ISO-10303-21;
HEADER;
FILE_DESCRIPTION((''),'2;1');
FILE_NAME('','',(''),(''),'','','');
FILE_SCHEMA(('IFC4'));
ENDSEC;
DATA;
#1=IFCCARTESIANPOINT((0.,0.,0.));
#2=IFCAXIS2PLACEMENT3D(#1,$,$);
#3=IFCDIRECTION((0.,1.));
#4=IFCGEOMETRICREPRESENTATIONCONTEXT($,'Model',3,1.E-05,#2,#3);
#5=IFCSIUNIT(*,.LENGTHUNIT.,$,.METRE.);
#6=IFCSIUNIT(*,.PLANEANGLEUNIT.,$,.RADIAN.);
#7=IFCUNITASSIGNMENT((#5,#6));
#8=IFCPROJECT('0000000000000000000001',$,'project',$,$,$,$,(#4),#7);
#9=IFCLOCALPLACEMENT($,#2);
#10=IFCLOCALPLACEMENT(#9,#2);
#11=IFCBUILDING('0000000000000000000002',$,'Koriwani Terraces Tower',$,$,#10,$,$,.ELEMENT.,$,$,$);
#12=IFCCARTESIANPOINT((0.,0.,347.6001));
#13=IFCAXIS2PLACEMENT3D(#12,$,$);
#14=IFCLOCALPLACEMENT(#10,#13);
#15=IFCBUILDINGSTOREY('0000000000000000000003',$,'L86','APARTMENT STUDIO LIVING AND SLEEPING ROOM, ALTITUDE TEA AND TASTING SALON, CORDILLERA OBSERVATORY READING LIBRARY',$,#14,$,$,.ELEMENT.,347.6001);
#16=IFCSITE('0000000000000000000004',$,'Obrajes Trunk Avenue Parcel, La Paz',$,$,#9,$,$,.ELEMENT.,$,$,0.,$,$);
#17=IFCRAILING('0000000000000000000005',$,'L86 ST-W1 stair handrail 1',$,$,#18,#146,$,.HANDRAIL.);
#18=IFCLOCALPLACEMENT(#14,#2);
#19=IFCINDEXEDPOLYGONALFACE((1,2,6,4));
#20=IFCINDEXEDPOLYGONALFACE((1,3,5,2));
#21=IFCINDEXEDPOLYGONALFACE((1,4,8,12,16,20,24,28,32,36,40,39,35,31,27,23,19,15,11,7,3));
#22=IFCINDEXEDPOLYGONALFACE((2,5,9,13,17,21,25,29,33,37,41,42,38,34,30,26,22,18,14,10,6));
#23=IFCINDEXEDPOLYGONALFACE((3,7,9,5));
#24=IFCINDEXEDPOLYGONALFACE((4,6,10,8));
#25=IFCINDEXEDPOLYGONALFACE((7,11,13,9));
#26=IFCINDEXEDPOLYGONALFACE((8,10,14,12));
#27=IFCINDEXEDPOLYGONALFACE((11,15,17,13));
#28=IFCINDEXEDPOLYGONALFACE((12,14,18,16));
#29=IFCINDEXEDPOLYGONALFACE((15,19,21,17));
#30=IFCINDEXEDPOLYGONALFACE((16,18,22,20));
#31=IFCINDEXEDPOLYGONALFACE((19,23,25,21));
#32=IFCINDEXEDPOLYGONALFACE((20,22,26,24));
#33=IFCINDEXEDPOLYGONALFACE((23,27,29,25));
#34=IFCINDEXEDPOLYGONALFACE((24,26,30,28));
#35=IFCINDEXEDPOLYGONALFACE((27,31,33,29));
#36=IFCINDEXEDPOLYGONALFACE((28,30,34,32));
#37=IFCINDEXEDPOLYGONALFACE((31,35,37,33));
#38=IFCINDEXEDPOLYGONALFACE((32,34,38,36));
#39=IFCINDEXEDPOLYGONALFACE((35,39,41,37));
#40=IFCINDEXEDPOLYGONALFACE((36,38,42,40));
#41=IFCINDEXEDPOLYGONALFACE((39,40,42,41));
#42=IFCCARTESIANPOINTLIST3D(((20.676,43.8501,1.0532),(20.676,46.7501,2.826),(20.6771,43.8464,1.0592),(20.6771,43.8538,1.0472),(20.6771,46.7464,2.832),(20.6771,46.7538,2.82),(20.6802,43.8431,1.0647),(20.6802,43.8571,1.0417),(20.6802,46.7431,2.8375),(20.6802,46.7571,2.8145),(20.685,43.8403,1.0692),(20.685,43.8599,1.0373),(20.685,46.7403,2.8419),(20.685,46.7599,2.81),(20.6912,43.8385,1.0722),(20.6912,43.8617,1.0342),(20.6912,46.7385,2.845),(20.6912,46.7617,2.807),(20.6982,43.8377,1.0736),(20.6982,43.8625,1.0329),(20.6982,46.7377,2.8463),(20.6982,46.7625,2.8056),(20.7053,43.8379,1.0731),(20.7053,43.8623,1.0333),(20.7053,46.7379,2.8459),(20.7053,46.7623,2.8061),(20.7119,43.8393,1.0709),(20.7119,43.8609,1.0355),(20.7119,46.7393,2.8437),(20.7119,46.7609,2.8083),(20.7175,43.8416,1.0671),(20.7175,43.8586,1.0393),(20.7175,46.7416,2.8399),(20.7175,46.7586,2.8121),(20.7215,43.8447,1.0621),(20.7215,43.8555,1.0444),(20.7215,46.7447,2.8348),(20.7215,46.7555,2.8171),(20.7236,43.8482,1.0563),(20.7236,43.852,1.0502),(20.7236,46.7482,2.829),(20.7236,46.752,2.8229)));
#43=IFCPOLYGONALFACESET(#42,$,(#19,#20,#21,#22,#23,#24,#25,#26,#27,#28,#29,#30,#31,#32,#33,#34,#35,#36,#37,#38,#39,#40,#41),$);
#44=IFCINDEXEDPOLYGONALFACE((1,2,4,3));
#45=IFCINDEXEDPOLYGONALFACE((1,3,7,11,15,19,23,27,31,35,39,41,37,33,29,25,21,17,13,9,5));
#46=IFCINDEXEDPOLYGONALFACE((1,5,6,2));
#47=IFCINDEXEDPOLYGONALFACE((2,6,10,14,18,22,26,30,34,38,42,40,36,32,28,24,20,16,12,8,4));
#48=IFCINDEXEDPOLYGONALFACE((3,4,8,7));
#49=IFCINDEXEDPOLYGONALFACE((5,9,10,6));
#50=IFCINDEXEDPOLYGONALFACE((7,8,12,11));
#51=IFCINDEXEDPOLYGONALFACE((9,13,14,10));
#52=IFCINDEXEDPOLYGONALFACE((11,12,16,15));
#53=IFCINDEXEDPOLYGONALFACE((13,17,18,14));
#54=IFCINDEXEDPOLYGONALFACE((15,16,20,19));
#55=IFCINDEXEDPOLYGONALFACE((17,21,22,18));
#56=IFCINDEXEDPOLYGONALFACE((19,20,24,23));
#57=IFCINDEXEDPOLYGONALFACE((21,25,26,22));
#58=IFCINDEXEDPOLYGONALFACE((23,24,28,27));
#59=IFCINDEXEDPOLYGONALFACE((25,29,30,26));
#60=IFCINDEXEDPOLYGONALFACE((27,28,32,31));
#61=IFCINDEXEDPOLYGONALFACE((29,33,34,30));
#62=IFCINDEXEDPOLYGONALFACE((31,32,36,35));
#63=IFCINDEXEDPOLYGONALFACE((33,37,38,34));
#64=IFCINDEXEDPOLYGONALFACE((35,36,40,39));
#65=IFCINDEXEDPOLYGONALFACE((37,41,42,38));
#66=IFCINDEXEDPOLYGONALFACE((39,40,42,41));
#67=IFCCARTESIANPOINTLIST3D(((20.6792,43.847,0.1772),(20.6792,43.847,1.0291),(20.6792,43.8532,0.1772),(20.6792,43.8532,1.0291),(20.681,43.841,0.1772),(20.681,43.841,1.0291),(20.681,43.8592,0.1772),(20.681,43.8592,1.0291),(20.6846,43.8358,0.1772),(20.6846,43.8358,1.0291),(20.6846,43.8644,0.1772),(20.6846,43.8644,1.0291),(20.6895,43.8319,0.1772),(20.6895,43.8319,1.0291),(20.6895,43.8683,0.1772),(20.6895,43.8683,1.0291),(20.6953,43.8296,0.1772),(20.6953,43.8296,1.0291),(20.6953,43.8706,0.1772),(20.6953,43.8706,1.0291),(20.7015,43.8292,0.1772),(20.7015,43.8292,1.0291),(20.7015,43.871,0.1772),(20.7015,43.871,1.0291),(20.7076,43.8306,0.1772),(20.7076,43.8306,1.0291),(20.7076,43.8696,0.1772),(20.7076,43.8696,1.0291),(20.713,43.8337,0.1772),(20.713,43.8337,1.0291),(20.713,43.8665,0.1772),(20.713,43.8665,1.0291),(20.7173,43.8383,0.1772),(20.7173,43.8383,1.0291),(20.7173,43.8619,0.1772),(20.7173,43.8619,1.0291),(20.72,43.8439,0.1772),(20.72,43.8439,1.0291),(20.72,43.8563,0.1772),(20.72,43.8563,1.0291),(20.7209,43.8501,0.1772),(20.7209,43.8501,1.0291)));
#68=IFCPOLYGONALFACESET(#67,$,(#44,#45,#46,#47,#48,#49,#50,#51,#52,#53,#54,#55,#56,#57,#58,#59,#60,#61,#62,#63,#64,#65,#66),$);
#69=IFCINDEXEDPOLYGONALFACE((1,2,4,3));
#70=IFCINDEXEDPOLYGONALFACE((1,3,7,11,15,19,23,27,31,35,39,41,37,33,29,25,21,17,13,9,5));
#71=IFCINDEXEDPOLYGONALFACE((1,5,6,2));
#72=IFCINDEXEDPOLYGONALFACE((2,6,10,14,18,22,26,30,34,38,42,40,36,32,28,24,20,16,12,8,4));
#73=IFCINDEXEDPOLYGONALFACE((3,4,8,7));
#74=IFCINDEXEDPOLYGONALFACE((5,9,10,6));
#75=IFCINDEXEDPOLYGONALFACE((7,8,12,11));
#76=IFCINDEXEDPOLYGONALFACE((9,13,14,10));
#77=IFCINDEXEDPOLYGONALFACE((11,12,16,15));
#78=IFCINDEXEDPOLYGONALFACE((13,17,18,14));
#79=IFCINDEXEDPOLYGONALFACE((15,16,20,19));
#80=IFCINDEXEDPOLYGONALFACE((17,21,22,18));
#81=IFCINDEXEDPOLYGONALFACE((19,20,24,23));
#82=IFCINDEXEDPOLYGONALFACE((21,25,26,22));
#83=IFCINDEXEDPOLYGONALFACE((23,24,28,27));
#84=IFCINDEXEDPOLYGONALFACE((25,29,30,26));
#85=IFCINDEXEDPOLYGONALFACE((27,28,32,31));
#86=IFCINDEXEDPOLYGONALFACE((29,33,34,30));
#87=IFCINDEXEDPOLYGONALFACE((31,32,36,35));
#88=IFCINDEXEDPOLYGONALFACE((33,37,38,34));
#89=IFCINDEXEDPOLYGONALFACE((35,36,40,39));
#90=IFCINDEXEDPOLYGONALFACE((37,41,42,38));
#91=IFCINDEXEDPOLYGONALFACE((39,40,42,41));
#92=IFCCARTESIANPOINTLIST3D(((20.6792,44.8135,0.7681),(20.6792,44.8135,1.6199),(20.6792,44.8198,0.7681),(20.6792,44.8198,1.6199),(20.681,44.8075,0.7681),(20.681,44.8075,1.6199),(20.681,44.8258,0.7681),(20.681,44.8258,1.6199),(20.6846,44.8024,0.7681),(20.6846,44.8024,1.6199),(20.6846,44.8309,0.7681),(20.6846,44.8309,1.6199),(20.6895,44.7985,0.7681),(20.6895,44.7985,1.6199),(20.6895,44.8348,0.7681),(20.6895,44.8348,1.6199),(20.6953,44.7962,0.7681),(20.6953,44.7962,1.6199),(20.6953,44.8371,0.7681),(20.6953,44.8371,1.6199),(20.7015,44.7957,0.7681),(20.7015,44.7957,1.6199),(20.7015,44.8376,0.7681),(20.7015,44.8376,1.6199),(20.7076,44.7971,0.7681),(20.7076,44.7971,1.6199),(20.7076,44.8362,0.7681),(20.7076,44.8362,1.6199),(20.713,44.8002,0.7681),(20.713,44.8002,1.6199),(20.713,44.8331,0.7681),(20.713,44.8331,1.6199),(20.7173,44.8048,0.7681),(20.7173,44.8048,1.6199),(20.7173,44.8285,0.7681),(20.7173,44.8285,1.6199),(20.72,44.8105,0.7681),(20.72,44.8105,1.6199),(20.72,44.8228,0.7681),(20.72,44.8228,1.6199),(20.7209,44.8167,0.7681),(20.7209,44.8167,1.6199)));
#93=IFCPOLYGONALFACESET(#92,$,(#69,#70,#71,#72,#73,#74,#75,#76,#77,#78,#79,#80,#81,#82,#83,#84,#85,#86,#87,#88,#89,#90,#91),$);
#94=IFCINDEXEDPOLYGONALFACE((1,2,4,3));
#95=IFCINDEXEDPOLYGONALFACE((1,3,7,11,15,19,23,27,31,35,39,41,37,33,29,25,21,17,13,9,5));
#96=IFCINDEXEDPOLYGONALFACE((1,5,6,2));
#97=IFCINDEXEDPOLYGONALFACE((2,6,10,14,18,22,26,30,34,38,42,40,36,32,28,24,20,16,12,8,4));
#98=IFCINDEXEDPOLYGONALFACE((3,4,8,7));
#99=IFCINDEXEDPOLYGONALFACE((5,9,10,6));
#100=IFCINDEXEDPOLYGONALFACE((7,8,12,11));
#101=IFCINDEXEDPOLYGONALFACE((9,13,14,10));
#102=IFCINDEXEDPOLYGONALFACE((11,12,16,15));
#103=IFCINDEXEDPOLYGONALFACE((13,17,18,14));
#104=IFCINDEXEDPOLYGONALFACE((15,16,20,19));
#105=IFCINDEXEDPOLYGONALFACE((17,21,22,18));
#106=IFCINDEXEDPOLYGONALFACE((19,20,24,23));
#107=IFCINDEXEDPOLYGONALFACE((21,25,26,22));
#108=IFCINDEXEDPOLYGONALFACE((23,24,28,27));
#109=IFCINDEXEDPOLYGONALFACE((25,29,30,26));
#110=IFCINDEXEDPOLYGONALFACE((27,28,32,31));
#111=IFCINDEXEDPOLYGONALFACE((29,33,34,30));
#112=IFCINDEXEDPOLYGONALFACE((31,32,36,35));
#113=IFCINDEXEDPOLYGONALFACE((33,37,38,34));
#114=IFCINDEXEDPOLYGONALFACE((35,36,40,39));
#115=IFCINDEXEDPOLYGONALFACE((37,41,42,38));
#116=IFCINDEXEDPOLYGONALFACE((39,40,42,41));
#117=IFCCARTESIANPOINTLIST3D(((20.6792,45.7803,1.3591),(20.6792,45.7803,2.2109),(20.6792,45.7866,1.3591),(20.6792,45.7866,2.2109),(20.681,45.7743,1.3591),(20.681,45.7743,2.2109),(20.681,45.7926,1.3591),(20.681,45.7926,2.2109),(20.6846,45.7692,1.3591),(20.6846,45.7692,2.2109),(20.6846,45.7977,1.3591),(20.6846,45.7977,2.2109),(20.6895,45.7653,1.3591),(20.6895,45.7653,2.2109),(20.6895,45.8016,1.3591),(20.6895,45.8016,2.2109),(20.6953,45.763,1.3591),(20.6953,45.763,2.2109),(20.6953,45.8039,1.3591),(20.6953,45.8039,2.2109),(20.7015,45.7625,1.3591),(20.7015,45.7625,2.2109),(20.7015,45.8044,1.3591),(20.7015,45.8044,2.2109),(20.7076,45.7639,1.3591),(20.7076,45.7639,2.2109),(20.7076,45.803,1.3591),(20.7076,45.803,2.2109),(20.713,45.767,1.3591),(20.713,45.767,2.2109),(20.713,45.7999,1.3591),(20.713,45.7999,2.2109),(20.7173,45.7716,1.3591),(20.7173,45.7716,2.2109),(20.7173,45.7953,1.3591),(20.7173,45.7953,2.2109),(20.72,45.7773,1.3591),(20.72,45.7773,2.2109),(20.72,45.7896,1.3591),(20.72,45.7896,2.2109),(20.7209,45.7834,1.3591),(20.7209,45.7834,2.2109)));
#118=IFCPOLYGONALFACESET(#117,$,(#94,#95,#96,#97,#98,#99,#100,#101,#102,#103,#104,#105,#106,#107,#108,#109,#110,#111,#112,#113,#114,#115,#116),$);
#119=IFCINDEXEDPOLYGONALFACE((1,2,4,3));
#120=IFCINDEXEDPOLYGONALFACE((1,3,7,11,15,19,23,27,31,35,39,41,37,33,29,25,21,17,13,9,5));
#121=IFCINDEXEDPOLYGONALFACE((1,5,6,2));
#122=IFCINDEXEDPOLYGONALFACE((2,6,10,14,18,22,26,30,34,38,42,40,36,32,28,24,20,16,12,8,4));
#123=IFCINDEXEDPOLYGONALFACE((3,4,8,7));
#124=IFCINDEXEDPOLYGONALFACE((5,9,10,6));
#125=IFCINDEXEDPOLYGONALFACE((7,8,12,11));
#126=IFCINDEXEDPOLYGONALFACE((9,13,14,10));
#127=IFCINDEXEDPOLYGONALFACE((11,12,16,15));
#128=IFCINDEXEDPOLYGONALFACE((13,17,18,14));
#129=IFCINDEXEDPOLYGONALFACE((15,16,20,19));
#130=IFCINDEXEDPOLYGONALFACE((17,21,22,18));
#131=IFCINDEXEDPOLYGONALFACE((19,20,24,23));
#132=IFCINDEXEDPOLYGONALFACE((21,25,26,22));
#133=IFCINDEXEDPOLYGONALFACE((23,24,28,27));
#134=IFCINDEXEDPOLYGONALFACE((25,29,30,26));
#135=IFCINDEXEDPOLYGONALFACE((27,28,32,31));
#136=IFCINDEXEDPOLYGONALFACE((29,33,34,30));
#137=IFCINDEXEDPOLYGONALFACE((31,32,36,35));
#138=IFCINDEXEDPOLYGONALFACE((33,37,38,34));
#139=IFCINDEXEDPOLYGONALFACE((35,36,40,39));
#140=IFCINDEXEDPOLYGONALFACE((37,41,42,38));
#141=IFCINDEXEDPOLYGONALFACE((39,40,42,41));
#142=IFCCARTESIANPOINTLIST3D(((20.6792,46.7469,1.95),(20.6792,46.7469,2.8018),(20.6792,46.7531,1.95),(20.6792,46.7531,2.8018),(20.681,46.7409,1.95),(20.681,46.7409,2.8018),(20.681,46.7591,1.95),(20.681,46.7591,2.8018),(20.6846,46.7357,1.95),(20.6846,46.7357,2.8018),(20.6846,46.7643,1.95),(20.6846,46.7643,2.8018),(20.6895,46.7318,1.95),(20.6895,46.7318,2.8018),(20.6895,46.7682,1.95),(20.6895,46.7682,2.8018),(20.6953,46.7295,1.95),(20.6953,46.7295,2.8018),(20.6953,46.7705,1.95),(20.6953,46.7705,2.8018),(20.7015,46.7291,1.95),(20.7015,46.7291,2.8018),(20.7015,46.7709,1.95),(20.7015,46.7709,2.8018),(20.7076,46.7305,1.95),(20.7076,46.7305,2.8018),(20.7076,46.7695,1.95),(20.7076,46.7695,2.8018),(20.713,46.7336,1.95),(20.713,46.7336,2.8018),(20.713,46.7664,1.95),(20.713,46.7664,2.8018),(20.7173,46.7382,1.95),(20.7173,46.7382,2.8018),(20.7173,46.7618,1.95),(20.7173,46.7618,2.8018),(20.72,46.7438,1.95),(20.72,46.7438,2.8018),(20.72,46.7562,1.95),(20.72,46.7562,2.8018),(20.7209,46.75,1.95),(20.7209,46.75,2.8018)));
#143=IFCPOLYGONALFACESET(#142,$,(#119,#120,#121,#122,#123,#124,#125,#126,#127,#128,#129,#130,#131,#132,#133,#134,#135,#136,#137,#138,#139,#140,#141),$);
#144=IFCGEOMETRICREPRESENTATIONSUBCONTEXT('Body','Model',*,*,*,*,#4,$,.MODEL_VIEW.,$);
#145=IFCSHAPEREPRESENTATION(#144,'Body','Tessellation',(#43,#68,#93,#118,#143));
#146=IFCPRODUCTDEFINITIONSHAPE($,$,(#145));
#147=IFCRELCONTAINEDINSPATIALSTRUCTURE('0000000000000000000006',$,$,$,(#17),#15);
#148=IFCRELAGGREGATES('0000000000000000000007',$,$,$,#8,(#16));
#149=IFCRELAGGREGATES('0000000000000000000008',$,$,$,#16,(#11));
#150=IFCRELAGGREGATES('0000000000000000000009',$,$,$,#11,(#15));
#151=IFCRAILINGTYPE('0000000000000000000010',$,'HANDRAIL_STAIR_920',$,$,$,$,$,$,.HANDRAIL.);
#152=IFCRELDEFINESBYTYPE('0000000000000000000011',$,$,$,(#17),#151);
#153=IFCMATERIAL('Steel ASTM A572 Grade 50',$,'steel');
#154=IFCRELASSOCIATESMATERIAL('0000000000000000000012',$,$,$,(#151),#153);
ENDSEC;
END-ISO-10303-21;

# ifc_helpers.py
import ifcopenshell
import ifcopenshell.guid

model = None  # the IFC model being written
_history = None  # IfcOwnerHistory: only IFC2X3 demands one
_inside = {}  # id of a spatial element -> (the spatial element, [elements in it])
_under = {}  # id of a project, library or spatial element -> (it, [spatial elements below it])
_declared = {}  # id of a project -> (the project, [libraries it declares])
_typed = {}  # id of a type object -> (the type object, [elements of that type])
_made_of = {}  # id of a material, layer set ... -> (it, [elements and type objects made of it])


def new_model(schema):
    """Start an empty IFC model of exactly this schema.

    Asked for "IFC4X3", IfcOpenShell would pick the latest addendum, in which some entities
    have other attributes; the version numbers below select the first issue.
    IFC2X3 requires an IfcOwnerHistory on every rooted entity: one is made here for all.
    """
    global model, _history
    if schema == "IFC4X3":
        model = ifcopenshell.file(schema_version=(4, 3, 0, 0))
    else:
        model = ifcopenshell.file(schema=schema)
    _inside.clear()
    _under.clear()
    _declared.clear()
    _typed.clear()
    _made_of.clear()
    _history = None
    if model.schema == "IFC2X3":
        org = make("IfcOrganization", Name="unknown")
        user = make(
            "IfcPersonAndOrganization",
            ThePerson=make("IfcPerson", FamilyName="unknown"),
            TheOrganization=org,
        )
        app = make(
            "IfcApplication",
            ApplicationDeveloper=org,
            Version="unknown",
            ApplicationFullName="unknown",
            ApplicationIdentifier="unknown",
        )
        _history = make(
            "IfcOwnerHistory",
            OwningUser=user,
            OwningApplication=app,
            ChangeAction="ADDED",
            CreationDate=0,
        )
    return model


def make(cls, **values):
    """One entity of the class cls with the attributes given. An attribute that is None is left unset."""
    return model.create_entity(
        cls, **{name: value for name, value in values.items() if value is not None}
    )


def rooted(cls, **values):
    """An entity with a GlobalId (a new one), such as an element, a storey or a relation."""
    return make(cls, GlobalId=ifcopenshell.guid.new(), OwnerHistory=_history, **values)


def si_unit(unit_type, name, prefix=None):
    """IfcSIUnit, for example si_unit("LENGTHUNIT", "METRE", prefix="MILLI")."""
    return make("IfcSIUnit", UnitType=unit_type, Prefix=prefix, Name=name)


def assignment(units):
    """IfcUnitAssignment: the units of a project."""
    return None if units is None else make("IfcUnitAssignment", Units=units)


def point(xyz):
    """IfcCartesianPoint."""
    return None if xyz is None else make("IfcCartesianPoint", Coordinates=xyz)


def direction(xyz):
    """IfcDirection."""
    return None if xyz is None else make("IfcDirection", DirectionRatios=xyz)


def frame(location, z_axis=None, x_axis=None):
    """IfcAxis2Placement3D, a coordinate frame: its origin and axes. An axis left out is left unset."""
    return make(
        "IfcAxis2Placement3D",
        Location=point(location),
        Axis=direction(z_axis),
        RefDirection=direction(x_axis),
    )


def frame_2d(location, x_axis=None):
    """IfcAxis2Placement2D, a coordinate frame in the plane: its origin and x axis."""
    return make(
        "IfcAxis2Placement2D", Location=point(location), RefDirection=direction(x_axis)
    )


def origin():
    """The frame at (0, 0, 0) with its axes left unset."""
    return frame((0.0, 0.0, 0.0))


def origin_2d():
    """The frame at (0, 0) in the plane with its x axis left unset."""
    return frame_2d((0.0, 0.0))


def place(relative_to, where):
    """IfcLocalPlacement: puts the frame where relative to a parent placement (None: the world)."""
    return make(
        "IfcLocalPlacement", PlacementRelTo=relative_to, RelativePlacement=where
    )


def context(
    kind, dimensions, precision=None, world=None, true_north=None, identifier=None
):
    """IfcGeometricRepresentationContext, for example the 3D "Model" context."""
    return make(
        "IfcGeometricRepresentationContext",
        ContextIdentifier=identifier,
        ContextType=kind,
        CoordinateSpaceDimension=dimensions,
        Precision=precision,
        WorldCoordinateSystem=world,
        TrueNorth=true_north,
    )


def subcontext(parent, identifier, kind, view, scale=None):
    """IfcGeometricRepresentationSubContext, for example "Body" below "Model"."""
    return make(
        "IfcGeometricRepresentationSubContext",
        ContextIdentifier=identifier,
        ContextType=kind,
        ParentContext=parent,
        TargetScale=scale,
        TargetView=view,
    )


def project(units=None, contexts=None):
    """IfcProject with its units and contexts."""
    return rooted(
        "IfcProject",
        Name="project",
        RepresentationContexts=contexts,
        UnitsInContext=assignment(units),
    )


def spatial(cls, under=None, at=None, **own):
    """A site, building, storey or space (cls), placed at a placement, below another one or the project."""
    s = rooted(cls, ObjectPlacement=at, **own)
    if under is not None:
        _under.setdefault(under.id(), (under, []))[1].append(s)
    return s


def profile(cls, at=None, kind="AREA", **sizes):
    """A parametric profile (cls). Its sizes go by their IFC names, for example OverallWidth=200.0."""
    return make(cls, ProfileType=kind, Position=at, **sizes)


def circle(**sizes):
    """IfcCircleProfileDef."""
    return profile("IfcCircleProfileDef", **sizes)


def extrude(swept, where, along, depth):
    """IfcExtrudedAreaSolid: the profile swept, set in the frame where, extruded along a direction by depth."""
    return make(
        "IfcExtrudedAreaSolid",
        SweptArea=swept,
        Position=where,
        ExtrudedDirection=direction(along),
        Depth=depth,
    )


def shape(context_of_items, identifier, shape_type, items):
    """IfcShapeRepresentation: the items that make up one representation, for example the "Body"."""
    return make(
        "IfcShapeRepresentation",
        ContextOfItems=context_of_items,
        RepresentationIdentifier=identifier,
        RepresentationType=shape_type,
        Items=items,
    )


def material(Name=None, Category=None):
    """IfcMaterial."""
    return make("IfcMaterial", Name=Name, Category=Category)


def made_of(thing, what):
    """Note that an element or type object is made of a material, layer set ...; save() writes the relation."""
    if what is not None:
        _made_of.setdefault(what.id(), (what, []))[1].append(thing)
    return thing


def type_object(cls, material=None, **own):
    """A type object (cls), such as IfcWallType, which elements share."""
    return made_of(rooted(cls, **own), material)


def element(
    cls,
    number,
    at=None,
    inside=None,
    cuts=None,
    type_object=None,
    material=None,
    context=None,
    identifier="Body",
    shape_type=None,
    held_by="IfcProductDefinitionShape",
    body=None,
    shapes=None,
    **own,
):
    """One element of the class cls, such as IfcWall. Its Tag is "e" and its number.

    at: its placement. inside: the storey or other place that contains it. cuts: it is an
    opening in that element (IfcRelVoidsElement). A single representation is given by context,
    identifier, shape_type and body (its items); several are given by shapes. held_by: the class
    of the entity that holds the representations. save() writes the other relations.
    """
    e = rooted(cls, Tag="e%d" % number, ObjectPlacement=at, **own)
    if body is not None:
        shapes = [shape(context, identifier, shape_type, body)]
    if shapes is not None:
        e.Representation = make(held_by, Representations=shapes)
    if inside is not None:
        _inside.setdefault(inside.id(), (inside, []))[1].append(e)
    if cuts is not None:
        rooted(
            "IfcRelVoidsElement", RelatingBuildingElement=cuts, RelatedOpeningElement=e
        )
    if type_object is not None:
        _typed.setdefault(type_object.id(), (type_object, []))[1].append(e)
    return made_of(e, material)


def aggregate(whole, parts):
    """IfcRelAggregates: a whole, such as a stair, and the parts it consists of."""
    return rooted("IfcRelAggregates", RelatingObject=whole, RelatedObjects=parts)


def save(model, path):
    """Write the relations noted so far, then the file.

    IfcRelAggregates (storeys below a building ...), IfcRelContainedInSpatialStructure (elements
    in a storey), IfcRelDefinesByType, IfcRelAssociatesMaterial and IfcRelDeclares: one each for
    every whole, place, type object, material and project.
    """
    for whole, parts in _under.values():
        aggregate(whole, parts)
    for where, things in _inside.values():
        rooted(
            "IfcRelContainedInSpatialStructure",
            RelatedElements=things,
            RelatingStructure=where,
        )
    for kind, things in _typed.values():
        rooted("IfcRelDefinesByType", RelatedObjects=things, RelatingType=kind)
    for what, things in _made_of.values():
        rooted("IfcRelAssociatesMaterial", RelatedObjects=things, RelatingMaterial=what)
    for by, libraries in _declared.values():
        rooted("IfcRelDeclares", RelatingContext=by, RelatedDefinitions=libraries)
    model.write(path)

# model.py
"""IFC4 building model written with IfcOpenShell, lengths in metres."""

from ifc_helpers import new_model, si_unit, direction, frame, origin, origin_2d, place, context, subcontext, project, spatial, circle, extrude, material, type_object, element, save


model = new_model("IFC4")

# Units and contexts
model_context = context("Model", 3, precision=1e-05, world=origin(), true_north=direction((0.0, 1.0)))
body_context = subcontext(model_context, "Body", "Model", "MODEL_VIEW")
ifc_project = project(units=[si_unit("LENGTHUNIT", "METRE"), si_unit("PLANEANGLEUNIT", "RADIAN")], contexts=[model_context])

# Site, building, storey
site_placement = place(None, origin())
site = spatial("IfcSite", under=ifc_project, at=site_placement, Name="Obrajes Trunk Avenue Parcel, La Paz", CompositionType="ELEMENT", RefElevation=0.0)
building_placement = place(site_placement, origin())
building = spatial("IfcBuilding", under=site, at=building_placement, Name="Koriwani Terraces Tower", CompositionType="ELEMENT")
storey_placement = place(building_placement, frame((0.0, 0.0, 347.6001)))
storey = spatial("IfcBuildingStorey", under=building, at=storey_placement, Name="L86", Description="APARTMENT STUDIO LIVING AND SLEEPING ROOM, ALTITUDE TEA AND TASTING SALON, CORDILLERA OBSERVATORY READING LIBRARY", CompositionType="ELEMENT", Elevation=347.6001)

# Shared definitions
ifc_material_1 = material(Name="Steel ASTM A572 Grade 50", Category="steel")

# Railing
railing_type = type_object("IfcRailingType", Name="HANDRAIL_STAIR_920", PredefinedType="HANDRAIL", material=ifc_material_1)
railing_placement = place(storey_placement, frame((20.7, 43.8501, 0.1772)))
element("IfcRailing", 1, at=railing_placement, inside=storey, type_object=railing_type, Name="L86 ST-W1 stair handrail 1", PredefinedType="HANDRAIL", context=body_context, shape_type="SweptSolid", body=[
    extrude(circle(Radius=0.0239, at=origin_2d()), frame((0.0, 0.0, 0.876), z_axis=(0.0, 0.853211, 0.521566), x_axis=(-1.0, 0.0, 0.0)), (0.0, 0.0, 1.0), 3.3989),
    extrude(circle(Radius=0.021, at=origin_2d()), origin(), (0.0, 0.0, 1.0), 0.8518),
    extrude(circle(Radius=0.021, at=origin_2d()), frame((0.0, 0.9666, 0.5908)), (0.0, 0.0, 1.0), 0.8518),
    extrude(circle(Radius=0.021, at=origin_2d()), frame((0.0, 1.9333, 1.1819)), (0.0, 0.0, 1.0), 0.8518),
    extrude(circle(Radius=0.021, at=origin_2d()), frame((0.0, 2.8999, 1.7727)), (0.0, 0.0, 1.0), 0.8518),
])

save(model, "model.ifc")
